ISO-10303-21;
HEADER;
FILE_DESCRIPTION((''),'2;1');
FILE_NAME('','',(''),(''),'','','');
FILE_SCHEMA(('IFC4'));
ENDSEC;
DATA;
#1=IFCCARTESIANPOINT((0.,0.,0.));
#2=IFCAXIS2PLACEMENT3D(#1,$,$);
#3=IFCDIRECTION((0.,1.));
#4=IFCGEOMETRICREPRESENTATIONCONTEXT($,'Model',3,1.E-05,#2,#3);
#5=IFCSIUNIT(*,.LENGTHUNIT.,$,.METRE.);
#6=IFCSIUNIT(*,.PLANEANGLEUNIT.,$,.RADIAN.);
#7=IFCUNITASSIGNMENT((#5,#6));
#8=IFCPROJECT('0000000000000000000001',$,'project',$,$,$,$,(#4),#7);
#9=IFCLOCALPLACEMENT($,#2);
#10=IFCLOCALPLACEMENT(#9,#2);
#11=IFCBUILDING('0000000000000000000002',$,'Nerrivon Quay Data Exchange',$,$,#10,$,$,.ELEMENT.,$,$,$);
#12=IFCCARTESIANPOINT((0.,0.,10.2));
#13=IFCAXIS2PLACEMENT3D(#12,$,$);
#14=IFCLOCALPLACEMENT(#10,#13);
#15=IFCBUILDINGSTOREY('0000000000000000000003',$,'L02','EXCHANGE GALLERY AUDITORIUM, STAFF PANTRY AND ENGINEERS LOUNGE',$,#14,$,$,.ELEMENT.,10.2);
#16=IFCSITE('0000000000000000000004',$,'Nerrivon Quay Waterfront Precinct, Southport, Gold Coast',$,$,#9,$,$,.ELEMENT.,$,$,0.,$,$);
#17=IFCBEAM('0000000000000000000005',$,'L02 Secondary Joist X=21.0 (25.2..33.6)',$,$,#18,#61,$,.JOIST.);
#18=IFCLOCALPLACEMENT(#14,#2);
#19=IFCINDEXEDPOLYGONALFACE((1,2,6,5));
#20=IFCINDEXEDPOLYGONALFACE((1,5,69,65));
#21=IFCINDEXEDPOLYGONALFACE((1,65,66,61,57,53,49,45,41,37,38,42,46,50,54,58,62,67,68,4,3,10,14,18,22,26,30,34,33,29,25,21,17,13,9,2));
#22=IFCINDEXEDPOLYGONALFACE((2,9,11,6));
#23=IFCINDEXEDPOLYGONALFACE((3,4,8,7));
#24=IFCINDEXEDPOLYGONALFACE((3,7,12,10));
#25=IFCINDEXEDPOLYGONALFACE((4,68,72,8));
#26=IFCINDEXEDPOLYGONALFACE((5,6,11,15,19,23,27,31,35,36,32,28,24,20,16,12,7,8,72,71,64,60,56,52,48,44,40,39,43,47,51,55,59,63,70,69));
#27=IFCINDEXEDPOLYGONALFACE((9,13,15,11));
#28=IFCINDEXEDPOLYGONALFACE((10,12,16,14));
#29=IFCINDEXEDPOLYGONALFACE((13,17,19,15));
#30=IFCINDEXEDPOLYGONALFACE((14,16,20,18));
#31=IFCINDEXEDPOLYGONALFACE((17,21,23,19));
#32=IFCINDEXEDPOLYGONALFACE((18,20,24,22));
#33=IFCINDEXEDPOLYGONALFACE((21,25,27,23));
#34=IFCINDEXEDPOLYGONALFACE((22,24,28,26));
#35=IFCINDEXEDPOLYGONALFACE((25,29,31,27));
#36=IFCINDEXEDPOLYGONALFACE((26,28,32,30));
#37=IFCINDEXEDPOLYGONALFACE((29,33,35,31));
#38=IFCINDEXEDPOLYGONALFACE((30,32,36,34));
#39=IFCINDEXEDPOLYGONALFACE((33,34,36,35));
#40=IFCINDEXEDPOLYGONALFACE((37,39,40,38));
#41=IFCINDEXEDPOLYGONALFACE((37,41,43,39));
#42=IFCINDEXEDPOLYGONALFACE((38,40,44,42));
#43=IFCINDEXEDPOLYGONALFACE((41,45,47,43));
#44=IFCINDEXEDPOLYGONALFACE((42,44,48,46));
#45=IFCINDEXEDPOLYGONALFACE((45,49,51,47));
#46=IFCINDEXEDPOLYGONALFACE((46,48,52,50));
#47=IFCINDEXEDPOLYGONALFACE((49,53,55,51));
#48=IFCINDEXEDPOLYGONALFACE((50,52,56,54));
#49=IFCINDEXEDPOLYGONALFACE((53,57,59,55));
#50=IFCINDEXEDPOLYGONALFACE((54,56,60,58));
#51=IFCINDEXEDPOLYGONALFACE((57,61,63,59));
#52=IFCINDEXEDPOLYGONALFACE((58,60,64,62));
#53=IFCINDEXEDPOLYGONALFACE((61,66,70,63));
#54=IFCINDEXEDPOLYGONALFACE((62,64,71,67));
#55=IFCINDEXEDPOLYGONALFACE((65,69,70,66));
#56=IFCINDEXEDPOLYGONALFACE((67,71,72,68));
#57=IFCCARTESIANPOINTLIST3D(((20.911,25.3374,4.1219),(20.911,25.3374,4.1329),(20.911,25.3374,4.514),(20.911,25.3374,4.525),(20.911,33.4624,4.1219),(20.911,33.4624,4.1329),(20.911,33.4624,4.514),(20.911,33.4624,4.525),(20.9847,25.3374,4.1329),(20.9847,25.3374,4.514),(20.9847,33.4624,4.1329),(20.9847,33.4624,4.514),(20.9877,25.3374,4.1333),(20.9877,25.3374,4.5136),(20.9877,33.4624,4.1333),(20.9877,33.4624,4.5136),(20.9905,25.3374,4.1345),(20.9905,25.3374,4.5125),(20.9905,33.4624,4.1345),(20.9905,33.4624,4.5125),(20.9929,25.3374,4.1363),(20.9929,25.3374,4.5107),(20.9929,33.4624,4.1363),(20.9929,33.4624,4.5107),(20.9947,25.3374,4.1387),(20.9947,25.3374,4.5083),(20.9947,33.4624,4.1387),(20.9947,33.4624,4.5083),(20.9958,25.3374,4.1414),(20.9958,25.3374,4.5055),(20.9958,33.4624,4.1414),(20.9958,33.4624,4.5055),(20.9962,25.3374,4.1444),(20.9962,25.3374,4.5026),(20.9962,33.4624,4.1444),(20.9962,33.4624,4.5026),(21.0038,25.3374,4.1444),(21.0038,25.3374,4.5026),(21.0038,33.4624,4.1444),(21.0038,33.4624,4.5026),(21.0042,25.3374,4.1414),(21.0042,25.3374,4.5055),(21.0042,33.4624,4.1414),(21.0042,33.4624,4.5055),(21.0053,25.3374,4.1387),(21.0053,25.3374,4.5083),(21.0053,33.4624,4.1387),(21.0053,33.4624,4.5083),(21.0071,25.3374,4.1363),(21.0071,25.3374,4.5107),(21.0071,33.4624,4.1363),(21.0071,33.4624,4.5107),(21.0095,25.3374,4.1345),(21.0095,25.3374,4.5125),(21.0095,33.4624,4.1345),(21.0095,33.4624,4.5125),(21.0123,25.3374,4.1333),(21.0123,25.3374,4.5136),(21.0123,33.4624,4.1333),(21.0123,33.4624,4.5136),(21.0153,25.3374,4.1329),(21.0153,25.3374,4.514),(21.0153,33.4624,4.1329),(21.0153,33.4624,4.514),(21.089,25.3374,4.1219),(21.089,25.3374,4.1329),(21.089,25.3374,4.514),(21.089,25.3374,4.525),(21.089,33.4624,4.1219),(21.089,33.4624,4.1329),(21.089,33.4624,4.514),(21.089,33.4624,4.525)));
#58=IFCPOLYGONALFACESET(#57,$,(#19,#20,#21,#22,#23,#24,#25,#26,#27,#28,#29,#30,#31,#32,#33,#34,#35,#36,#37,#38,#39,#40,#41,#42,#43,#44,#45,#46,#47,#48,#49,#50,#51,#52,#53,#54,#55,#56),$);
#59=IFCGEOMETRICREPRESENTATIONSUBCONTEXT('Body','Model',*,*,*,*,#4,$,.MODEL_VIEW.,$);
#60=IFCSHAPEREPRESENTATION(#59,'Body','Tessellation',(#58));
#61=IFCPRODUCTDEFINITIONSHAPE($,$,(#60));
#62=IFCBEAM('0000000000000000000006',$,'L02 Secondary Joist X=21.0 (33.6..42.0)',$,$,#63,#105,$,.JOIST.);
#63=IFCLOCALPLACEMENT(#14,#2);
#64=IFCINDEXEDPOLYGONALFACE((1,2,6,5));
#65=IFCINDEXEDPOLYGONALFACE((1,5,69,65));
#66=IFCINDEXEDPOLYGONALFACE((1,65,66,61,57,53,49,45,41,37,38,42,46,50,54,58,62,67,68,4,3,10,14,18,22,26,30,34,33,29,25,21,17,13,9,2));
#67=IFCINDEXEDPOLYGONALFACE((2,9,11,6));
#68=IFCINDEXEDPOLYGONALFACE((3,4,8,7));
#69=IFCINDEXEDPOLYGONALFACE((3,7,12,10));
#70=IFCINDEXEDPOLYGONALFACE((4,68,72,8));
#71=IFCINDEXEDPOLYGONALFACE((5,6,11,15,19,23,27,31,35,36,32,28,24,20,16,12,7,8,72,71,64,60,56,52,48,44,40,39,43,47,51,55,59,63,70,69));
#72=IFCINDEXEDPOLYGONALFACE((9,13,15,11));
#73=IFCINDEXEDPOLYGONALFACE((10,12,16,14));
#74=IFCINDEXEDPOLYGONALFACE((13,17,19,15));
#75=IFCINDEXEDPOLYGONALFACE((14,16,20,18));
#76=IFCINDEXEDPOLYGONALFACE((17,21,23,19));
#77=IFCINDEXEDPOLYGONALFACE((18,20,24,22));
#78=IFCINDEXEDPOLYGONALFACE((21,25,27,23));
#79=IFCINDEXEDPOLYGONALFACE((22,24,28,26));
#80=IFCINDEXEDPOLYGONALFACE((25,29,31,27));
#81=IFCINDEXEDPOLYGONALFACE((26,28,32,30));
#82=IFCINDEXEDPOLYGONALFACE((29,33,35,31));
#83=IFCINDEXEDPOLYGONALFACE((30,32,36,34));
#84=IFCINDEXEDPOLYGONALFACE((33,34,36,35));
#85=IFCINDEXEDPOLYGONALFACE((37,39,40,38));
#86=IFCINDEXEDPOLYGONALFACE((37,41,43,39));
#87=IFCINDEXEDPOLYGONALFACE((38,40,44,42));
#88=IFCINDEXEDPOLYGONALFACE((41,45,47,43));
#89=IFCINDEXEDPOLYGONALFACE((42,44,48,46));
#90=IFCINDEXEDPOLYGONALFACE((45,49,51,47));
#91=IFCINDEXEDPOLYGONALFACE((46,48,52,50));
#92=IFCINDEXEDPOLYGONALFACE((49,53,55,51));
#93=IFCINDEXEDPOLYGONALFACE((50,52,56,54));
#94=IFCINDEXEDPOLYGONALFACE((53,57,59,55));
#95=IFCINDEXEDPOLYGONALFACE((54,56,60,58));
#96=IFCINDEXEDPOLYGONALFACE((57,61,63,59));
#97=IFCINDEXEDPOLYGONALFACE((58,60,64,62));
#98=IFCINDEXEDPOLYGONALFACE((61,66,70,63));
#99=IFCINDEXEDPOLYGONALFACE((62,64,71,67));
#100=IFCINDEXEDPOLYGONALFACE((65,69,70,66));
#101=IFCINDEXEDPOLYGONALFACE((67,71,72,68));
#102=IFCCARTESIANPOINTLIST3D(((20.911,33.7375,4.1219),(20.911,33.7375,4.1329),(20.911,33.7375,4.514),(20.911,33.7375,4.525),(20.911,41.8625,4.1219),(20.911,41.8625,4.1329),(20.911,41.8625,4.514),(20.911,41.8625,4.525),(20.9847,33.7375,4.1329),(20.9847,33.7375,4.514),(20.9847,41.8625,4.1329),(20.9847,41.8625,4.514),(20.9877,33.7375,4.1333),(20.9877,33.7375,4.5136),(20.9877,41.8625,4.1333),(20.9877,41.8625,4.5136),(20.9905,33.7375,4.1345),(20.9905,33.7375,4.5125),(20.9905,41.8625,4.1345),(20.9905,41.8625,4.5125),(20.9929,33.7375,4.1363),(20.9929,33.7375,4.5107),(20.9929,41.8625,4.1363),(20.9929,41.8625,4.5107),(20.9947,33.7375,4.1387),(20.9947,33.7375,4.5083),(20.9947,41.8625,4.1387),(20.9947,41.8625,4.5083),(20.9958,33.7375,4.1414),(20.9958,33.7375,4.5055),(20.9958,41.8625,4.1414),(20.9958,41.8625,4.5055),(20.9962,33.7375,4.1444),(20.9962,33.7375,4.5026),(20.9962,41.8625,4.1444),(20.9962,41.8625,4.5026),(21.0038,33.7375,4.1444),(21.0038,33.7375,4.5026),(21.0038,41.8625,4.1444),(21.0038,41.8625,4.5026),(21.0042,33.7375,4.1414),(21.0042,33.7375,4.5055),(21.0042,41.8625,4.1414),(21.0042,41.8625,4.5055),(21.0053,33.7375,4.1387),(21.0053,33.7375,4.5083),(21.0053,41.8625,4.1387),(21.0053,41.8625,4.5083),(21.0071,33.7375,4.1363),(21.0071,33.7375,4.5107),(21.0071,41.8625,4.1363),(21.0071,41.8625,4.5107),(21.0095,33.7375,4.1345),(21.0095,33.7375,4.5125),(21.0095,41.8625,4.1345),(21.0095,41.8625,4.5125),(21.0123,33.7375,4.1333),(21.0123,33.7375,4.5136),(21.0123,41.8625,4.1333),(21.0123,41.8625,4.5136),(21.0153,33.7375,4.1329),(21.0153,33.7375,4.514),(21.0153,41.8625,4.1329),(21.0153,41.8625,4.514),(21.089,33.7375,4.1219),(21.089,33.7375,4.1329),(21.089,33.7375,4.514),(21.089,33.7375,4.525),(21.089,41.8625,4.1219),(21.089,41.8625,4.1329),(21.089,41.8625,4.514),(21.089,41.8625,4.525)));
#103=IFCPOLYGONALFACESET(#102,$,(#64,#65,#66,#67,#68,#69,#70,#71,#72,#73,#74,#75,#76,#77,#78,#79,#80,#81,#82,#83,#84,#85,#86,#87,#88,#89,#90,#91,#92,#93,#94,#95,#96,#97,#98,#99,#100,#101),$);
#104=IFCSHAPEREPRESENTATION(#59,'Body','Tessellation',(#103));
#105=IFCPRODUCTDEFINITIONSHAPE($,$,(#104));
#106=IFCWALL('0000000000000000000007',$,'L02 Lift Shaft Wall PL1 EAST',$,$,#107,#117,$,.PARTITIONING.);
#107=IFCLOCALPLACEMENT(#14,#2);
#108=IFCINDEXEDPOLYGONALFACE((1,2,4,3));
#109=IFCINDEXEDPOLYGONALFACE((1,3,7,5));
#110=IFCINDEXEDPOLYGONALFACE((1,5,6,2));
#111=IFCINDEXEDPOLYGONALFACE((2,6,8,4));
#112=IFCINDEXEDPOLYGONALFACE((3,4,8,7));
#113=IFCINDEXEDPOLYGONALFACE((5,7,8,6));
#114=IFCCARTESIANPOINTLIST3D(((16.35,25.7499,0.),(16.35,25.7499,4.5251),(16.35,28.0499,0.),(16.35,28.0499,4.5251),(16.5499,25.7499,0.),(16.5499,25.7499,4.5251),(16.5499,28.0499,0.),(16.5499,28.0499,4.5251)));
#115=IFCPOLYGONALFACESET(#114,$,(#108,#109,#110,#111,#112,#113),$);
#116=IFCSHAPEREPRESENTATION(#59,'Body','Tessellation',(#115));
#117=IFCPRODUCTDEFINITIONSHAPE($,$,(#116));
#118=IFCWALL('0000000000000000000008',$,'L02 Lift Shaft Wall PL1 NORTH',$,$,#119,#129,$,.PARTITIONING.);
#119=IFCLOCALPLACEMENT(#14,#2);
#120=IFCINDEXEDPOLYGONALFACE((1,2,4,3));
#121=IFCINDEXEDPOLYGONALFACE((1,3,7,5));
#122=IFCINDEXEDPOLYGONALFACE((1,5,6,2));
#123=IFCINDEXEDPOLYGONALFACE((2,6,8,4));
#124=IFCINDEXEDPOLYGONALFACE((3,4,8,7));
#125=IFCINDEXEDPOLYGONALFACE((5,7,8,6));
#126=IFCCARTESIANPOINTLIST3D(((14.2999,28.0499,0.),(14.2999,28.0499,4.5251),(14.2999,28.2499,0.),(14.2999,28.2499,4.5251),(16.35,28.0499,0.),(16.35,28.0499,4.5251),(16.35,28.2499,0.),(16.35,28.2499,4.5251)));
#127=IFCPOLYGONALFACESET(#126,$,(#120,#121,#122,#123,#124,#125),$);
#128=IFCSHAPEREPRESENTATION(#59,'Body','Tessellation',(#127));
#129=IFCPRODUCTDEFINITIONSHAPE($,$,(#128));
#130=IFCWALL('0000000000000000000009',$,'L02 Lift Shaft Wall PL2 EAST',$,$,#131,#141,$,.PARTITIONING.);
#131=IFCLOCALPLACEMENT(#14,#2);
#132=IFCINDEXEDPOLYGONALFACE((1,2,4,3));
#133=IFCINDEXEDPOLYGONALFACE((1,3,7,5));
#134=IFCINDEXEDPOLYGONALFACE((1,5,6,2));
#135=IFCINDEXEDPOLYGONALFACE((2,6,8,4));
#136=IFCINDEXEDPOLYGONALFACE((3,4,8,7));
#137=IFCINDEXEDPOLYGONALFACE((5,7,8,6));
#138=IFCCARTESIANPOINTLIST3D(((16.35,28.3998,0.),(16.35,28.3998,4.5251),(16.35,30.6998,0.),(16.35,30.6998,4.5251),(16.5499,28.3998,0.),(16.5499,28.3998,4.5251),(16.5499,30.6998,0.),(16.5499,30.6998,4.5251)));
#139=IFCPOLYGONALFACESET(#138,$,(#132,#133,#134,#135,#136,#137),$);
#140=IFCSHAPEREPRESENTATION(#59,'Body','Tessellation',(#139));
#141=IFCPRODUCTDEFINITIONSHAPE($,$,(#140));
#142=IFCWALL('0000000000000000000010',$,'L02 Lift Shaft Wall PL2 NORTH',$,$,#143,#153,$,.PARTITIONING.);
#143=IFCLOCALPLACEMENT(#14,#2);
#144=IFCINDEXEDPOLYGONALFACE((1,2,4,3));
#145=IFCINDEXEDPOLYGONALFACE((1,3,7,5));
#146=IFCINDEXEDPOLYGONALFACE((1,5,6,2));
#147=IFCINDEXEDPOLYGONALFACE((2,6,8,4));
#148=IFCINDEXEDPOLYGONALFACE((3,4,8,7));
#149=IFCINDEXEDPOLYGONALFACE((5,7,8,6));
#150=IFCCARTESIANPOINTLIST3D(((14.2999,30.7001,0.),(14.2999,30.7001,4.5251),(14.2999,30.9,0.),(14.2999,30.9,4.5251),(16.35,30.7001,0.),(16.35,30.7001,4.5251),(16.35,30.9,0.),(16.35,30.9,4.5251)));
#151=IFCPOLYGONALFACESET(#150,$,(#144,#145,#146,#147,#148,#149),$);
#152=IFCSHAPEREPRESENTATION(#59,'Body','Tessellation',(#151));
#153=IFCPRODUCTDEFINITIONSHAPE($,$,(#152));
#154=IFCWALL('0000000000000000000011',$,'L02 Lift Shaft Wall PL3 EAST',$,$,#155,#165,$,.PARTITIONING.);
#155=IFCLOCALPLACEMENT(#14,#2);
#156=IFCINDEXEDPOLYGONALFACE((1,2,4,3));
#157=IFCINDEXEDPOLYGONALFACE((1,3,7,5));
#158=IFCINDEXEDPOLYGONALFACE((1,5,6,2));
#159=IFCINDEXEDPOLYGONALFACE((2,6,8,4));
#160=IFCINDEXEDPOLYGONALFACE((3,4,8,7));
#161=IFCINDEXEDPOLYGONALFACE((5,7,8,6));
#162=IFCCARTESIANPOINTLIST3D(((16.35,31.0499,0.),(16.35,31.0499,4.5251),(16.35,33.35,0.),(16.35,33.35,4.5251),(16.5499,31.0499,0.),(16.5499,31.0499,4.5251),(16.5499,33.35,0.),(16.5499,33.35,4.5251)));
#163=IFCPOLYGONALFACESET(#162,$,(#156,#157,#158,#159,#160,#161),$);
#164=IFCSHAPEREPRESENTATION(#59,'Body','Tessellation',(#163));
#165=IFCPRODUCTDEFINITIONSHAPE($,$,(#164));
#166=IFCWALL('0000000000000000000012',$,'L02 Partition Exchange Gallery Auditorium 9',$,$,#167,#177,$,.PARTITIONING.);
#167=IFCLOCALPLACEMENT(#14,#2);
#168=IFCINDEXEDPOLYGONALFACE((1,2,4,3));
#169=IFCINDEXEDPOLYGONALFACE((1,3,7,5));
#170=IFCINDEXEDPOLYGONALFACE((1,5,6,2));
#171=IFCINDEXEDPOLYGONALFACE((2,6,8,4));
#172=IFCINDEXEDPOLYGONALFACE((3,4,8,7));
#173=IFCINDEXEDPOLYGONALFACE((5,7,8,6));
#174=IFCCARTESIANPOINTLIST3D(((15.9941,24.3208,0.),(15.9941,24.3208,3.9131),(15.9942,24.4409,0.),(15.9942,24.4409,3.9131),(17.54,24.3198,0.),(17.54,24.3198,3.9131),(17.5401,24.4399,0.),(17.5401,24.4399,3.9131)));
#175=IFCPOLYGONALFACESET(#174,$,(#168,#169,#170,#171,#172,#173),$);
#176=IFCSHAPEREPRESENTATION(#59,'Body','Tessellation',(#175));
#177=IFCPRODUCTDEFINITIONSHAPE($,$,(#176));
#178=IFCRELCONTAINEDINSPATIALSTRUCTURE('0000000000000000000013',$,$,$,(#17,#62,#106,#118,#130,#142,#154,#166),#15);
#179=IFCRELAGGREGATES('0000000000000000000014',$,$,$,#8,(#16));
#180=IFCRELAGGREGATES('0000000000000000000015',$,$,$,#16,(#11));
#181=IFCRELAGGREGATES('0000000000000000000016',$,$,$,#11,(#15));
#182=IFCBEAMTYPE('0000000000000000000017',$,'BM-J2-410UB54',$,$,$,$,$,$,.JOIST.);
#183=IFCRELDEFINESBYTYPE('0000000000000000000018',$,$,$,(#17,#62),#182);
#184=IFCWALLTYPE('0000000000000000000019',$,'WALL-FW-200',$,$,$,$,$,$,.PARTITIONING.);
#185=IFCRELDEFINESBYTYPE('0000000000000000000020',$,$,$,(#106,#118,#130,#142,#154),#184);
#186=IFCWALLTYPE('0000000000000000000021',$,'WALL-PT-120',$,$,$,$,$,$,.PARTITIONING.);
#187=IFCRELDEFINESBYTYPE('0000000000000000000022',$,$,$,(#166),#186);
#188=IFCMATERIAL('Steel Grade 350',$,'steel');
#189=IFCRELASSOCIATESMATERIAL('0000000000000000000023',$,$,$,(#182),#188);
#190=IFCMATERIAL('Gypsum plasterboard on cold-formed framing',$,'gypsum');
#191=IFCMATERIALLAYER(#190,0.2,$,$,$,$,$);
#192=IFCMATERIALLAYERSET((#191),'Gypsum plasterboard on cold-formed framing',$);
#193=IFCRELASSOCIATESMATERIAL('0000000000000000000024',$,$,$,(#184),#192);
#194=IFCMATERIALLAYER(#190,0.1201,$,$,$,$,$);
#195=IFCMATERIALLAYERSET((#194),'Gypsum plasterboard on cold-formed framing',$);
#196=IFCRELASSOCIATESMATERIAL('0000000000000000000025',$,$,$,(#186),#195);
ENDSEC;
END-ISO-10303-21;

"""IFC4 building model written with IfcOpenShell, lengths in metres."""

from ifc_helpers import new_model, si_unit, direction, frame, frame_2d, origin, origin_2d, place, context, subcontext, project, spatial, rectangle, i_section, extrude, material, layer, layer_set, material_profile, profile_set, type_object, element, save


model = new_model("IFC4")

# Units and contexts
model_context = context("Model", 3, precision=1e-05, world=origin(), true_north=direction((0.0, 1.0)))
body_context = subcontext(model_context, "Body", "Model", "MODEL_VIEW")
ifc_project = project(units=[si_unit("LENGTHUNIT", "METRE"), si_unit("PLANEANGLEUNIT", "RADIAN")], contexts=[model_context])

# Site, building, storey
site_placement = place(None, origin())
site = spatial("IfcSite", under=ifc_project, at=site_placement, Name="Nerrivon Quay Waterfront Precinct, Southport, Gold Coast", CompositionType="ELEMENT", RefElevation=0.0)
building_placement = place(site_placement, origin())
building = spatial("IfcBuilding", under=site, at=building_placement, Name="Nerrivon Quay Data Exchange", CompositionType="ELEMENT")
storey_placement = place(building_placement, frame((0.0, 0.0, 10.2)))
storey = spatial("IfcBuildingStorey", under=building, at=storey_placement, Name="L02", Description="EXCHANGE GALLERY AUDITORIUM, STAFF PANTRY AND ENGINEERS LOUNGE", CompositionType="ELEMENT", Elevation=10.2)

# Beams
ifc_material_1 = material(Name="Steel Grade 350", Category="steel")
ifc_material_profile_1 = material_profile(ifc_material_1, i_section(OverallWidth=0.178, OverallDepth=0.4031, WebThickness=0.0076, FlangeThickness=0.011, FilletRadius=0.0115, at=origin_2d()), Name="410UB53.7")
ifc_profile_set_1 = profile_set([ifc_material_profile_1], Name="Steel Grade 350")
beam_type_1 = type_object("IfcBeamType", Name="BM-J2-410UB54", PredefinedType="JOIST", material=ifc_profile_set_1)
for number, where, z_axis, x_axis, name in (
    (1, (21.0, 25.3374, 4.3235), (0.0, 1.0, 0.0), (-1.0, 0.0, 0.0), "L02 Secondary Joist X=21.0 (25.2..33.6)"),
    (2, (21.0, 33.7375, 4.3235), (0.0, 1.0, 0.0), (-1.0, 0.0, 0.0), "L02 Secondary Joist X=21.0 (33.6..42.0)"),
):
    element("IfcBeam", number, at=place(storey_placement, frame(where, z_axis=z_axis, x_axis=x_axis)), inside=storey, type_object=beam_type_1, Name=name, PredefinedType="JOIST", context=body_context, shape_type="SweptSolid", body=[
        extrude(i_section(OverallWidth=0.178, OverallDepth=0.4031, WebThickness=0.0076, FlangeThickness=0.011, FilletRadius=0.0115, at=origin_2d()), origin(), (0.0, 0.0, 1.0), 8.125),
    ])

# Walls
ifc_material_2 = material(Name="Gypsum plasterboard on cold-formed framing", Category="gypsum")
ifc_layer_1 = layer(ifc_material_2, 0.2)
ifc_layer_set_1 = layer_set([ifc_layer_1], Name="Gypsum plasterboard on cold-formed framing")
wall_type_1 = type_object("IfcWallType", Name="WALL-FW-200", PredefinedType="PARTITIONING", material=ifc_layer_set_1)
wall_1_placement = place(storey_placement, frame((16.45, 25.75, 0.0), z_axis=(0.0, 0.0, 1.0), x_axis=(0.0, 1.0, 0.0)))
element("IfcWall", 3, at=wall_1_placement, inside=storey, type_object=wall_type_1, Name="L02 Lift Shaft Wall PL1 EAST", PredefinedType="PARTITIONING", context=body_context, shape_type="SweptSolid", body=[
    extrude(rectangle(XDim=2.3, YDim=0.2, at=frame_2d((1.1499, 0.0))), origin(), (0.0, 0.0, 1.0), 4.5251),
])
wall_2_placement = place(storey_placement, frame((14.3, 28.1499, 0.0), z_axis=(0.0, 0.0, 1.0), x_axis=(1.0, 0.0, 0.0)))
element("IfcWall", 4, at=wall_2_placement, inside=storey, type_object=wall_type_1, Name="L02 Lift Shaft Wall PL1 NORTH", PredefinedType="PARTITIONING", context=body_context, shape_type="SweptSolid", body=[
    extrude(rectangle(XDim=2.05, YDim=0.2, at=frame_2d((1.0249, 0.0))), origin(), (0.0, 0.0, 1.0), 4.5251),
])
wall_3_placement = place(storey_placement, frame((16.45, 28.3999, 0.0), z_axis=(0.0, 0.0, 1.0), x_axis=(0.0, 1.0, 0.0)))
element("IfcWall", 5, at=wall_3_placement, inside=storey, type_object=wall_type_1, Name="L02 Lift Shaft Wall PL2 EAST", PredefinedType="PARTITIONING", context=body_context, shape_type="SweptSolid", body=[
    extrude(rectangle(XDim=2.3, YDim=0.2, at=frame_2d((1.1499, 0.0))), origin(), (0.0, 0.0, 1.0), 4.5251),
])
wall_4_placement = place(storey_placement, frame((14.3, 30.8, 0.0), z_axis=(0.0, 0.0, 1.0), x_axis=(1.0, 0.0, 0.0)))
element("IfcWall", 6, at=wall_4_placement, inside=storey, type_object=wall_type_1, Name="L02 Lift Shaft Wall PL2 NORTH", PredefinedType="PARTITIONING", context=body_context, shape_type="SweptSolid", body=[
    extrude(rectangle(XDim=2.05, YDim=0.2, at=frame_2d((1.0249, 0.0))), origin(), (0.0, 0.0, 1.0), 4.5251),
])
wall_5_placement = place(storey_placement, frame((16.45, 31.05, 0.0), z_axis=(0.0, 0.0, 1.0), x_axis=(0.0, 1.0, 0.0)))
element("IfcWall", 7, at=wall_5_placement, inside=storey, type_object=wall_type_1, Name="L02 Lift Shaft Wall PL3 EAST", PredefinedType="PARTITIONING", context=body_context, shape_type="SweptSolid", body=[
    extrude(rectangle(XDim=2.3, YDim=0.2, at=frame_2d((1.1499, 0.0))), origin(), (0.0, 0.0, 1.0), 4.5251),
])
ifc_layer_2 = layer(ifc_material_2, 0.1201)
ifc_layer_set_2 = layer_set([ifc_layer_2], Name="Gypsum plasterboard on cold-formed framing")
wall_type_2 = type_object("IfcWallType", Name="WALL-PT-120", PredefinedType="PARTITIONING", material=ifc_layer_set_2)
wall_6_placement = place(storey_placement, frame((17.54, 24.3799, 0.0), z_axis=(0.0, 0.0, 1.0), x_axis=(-1.0, 0.000632, 0.0)))
element("IfcWall", 8, at=wall_6_placement, inside=storey, type_object=wall_type_2, Name="L02 Partition Exchange Gallery Auditorium 9", PredefinedType="PARTITIONING", context=body_context, shape_type="SweptSolid", body=[
    extrude(rectangle(XDim=1.5459, YDim=0.1201, at=frame_2d((0.7729, 0.0))), origin(), (0.0, 0.0, 1.0), 3.9131),
])

save(model, "model.ifc")
